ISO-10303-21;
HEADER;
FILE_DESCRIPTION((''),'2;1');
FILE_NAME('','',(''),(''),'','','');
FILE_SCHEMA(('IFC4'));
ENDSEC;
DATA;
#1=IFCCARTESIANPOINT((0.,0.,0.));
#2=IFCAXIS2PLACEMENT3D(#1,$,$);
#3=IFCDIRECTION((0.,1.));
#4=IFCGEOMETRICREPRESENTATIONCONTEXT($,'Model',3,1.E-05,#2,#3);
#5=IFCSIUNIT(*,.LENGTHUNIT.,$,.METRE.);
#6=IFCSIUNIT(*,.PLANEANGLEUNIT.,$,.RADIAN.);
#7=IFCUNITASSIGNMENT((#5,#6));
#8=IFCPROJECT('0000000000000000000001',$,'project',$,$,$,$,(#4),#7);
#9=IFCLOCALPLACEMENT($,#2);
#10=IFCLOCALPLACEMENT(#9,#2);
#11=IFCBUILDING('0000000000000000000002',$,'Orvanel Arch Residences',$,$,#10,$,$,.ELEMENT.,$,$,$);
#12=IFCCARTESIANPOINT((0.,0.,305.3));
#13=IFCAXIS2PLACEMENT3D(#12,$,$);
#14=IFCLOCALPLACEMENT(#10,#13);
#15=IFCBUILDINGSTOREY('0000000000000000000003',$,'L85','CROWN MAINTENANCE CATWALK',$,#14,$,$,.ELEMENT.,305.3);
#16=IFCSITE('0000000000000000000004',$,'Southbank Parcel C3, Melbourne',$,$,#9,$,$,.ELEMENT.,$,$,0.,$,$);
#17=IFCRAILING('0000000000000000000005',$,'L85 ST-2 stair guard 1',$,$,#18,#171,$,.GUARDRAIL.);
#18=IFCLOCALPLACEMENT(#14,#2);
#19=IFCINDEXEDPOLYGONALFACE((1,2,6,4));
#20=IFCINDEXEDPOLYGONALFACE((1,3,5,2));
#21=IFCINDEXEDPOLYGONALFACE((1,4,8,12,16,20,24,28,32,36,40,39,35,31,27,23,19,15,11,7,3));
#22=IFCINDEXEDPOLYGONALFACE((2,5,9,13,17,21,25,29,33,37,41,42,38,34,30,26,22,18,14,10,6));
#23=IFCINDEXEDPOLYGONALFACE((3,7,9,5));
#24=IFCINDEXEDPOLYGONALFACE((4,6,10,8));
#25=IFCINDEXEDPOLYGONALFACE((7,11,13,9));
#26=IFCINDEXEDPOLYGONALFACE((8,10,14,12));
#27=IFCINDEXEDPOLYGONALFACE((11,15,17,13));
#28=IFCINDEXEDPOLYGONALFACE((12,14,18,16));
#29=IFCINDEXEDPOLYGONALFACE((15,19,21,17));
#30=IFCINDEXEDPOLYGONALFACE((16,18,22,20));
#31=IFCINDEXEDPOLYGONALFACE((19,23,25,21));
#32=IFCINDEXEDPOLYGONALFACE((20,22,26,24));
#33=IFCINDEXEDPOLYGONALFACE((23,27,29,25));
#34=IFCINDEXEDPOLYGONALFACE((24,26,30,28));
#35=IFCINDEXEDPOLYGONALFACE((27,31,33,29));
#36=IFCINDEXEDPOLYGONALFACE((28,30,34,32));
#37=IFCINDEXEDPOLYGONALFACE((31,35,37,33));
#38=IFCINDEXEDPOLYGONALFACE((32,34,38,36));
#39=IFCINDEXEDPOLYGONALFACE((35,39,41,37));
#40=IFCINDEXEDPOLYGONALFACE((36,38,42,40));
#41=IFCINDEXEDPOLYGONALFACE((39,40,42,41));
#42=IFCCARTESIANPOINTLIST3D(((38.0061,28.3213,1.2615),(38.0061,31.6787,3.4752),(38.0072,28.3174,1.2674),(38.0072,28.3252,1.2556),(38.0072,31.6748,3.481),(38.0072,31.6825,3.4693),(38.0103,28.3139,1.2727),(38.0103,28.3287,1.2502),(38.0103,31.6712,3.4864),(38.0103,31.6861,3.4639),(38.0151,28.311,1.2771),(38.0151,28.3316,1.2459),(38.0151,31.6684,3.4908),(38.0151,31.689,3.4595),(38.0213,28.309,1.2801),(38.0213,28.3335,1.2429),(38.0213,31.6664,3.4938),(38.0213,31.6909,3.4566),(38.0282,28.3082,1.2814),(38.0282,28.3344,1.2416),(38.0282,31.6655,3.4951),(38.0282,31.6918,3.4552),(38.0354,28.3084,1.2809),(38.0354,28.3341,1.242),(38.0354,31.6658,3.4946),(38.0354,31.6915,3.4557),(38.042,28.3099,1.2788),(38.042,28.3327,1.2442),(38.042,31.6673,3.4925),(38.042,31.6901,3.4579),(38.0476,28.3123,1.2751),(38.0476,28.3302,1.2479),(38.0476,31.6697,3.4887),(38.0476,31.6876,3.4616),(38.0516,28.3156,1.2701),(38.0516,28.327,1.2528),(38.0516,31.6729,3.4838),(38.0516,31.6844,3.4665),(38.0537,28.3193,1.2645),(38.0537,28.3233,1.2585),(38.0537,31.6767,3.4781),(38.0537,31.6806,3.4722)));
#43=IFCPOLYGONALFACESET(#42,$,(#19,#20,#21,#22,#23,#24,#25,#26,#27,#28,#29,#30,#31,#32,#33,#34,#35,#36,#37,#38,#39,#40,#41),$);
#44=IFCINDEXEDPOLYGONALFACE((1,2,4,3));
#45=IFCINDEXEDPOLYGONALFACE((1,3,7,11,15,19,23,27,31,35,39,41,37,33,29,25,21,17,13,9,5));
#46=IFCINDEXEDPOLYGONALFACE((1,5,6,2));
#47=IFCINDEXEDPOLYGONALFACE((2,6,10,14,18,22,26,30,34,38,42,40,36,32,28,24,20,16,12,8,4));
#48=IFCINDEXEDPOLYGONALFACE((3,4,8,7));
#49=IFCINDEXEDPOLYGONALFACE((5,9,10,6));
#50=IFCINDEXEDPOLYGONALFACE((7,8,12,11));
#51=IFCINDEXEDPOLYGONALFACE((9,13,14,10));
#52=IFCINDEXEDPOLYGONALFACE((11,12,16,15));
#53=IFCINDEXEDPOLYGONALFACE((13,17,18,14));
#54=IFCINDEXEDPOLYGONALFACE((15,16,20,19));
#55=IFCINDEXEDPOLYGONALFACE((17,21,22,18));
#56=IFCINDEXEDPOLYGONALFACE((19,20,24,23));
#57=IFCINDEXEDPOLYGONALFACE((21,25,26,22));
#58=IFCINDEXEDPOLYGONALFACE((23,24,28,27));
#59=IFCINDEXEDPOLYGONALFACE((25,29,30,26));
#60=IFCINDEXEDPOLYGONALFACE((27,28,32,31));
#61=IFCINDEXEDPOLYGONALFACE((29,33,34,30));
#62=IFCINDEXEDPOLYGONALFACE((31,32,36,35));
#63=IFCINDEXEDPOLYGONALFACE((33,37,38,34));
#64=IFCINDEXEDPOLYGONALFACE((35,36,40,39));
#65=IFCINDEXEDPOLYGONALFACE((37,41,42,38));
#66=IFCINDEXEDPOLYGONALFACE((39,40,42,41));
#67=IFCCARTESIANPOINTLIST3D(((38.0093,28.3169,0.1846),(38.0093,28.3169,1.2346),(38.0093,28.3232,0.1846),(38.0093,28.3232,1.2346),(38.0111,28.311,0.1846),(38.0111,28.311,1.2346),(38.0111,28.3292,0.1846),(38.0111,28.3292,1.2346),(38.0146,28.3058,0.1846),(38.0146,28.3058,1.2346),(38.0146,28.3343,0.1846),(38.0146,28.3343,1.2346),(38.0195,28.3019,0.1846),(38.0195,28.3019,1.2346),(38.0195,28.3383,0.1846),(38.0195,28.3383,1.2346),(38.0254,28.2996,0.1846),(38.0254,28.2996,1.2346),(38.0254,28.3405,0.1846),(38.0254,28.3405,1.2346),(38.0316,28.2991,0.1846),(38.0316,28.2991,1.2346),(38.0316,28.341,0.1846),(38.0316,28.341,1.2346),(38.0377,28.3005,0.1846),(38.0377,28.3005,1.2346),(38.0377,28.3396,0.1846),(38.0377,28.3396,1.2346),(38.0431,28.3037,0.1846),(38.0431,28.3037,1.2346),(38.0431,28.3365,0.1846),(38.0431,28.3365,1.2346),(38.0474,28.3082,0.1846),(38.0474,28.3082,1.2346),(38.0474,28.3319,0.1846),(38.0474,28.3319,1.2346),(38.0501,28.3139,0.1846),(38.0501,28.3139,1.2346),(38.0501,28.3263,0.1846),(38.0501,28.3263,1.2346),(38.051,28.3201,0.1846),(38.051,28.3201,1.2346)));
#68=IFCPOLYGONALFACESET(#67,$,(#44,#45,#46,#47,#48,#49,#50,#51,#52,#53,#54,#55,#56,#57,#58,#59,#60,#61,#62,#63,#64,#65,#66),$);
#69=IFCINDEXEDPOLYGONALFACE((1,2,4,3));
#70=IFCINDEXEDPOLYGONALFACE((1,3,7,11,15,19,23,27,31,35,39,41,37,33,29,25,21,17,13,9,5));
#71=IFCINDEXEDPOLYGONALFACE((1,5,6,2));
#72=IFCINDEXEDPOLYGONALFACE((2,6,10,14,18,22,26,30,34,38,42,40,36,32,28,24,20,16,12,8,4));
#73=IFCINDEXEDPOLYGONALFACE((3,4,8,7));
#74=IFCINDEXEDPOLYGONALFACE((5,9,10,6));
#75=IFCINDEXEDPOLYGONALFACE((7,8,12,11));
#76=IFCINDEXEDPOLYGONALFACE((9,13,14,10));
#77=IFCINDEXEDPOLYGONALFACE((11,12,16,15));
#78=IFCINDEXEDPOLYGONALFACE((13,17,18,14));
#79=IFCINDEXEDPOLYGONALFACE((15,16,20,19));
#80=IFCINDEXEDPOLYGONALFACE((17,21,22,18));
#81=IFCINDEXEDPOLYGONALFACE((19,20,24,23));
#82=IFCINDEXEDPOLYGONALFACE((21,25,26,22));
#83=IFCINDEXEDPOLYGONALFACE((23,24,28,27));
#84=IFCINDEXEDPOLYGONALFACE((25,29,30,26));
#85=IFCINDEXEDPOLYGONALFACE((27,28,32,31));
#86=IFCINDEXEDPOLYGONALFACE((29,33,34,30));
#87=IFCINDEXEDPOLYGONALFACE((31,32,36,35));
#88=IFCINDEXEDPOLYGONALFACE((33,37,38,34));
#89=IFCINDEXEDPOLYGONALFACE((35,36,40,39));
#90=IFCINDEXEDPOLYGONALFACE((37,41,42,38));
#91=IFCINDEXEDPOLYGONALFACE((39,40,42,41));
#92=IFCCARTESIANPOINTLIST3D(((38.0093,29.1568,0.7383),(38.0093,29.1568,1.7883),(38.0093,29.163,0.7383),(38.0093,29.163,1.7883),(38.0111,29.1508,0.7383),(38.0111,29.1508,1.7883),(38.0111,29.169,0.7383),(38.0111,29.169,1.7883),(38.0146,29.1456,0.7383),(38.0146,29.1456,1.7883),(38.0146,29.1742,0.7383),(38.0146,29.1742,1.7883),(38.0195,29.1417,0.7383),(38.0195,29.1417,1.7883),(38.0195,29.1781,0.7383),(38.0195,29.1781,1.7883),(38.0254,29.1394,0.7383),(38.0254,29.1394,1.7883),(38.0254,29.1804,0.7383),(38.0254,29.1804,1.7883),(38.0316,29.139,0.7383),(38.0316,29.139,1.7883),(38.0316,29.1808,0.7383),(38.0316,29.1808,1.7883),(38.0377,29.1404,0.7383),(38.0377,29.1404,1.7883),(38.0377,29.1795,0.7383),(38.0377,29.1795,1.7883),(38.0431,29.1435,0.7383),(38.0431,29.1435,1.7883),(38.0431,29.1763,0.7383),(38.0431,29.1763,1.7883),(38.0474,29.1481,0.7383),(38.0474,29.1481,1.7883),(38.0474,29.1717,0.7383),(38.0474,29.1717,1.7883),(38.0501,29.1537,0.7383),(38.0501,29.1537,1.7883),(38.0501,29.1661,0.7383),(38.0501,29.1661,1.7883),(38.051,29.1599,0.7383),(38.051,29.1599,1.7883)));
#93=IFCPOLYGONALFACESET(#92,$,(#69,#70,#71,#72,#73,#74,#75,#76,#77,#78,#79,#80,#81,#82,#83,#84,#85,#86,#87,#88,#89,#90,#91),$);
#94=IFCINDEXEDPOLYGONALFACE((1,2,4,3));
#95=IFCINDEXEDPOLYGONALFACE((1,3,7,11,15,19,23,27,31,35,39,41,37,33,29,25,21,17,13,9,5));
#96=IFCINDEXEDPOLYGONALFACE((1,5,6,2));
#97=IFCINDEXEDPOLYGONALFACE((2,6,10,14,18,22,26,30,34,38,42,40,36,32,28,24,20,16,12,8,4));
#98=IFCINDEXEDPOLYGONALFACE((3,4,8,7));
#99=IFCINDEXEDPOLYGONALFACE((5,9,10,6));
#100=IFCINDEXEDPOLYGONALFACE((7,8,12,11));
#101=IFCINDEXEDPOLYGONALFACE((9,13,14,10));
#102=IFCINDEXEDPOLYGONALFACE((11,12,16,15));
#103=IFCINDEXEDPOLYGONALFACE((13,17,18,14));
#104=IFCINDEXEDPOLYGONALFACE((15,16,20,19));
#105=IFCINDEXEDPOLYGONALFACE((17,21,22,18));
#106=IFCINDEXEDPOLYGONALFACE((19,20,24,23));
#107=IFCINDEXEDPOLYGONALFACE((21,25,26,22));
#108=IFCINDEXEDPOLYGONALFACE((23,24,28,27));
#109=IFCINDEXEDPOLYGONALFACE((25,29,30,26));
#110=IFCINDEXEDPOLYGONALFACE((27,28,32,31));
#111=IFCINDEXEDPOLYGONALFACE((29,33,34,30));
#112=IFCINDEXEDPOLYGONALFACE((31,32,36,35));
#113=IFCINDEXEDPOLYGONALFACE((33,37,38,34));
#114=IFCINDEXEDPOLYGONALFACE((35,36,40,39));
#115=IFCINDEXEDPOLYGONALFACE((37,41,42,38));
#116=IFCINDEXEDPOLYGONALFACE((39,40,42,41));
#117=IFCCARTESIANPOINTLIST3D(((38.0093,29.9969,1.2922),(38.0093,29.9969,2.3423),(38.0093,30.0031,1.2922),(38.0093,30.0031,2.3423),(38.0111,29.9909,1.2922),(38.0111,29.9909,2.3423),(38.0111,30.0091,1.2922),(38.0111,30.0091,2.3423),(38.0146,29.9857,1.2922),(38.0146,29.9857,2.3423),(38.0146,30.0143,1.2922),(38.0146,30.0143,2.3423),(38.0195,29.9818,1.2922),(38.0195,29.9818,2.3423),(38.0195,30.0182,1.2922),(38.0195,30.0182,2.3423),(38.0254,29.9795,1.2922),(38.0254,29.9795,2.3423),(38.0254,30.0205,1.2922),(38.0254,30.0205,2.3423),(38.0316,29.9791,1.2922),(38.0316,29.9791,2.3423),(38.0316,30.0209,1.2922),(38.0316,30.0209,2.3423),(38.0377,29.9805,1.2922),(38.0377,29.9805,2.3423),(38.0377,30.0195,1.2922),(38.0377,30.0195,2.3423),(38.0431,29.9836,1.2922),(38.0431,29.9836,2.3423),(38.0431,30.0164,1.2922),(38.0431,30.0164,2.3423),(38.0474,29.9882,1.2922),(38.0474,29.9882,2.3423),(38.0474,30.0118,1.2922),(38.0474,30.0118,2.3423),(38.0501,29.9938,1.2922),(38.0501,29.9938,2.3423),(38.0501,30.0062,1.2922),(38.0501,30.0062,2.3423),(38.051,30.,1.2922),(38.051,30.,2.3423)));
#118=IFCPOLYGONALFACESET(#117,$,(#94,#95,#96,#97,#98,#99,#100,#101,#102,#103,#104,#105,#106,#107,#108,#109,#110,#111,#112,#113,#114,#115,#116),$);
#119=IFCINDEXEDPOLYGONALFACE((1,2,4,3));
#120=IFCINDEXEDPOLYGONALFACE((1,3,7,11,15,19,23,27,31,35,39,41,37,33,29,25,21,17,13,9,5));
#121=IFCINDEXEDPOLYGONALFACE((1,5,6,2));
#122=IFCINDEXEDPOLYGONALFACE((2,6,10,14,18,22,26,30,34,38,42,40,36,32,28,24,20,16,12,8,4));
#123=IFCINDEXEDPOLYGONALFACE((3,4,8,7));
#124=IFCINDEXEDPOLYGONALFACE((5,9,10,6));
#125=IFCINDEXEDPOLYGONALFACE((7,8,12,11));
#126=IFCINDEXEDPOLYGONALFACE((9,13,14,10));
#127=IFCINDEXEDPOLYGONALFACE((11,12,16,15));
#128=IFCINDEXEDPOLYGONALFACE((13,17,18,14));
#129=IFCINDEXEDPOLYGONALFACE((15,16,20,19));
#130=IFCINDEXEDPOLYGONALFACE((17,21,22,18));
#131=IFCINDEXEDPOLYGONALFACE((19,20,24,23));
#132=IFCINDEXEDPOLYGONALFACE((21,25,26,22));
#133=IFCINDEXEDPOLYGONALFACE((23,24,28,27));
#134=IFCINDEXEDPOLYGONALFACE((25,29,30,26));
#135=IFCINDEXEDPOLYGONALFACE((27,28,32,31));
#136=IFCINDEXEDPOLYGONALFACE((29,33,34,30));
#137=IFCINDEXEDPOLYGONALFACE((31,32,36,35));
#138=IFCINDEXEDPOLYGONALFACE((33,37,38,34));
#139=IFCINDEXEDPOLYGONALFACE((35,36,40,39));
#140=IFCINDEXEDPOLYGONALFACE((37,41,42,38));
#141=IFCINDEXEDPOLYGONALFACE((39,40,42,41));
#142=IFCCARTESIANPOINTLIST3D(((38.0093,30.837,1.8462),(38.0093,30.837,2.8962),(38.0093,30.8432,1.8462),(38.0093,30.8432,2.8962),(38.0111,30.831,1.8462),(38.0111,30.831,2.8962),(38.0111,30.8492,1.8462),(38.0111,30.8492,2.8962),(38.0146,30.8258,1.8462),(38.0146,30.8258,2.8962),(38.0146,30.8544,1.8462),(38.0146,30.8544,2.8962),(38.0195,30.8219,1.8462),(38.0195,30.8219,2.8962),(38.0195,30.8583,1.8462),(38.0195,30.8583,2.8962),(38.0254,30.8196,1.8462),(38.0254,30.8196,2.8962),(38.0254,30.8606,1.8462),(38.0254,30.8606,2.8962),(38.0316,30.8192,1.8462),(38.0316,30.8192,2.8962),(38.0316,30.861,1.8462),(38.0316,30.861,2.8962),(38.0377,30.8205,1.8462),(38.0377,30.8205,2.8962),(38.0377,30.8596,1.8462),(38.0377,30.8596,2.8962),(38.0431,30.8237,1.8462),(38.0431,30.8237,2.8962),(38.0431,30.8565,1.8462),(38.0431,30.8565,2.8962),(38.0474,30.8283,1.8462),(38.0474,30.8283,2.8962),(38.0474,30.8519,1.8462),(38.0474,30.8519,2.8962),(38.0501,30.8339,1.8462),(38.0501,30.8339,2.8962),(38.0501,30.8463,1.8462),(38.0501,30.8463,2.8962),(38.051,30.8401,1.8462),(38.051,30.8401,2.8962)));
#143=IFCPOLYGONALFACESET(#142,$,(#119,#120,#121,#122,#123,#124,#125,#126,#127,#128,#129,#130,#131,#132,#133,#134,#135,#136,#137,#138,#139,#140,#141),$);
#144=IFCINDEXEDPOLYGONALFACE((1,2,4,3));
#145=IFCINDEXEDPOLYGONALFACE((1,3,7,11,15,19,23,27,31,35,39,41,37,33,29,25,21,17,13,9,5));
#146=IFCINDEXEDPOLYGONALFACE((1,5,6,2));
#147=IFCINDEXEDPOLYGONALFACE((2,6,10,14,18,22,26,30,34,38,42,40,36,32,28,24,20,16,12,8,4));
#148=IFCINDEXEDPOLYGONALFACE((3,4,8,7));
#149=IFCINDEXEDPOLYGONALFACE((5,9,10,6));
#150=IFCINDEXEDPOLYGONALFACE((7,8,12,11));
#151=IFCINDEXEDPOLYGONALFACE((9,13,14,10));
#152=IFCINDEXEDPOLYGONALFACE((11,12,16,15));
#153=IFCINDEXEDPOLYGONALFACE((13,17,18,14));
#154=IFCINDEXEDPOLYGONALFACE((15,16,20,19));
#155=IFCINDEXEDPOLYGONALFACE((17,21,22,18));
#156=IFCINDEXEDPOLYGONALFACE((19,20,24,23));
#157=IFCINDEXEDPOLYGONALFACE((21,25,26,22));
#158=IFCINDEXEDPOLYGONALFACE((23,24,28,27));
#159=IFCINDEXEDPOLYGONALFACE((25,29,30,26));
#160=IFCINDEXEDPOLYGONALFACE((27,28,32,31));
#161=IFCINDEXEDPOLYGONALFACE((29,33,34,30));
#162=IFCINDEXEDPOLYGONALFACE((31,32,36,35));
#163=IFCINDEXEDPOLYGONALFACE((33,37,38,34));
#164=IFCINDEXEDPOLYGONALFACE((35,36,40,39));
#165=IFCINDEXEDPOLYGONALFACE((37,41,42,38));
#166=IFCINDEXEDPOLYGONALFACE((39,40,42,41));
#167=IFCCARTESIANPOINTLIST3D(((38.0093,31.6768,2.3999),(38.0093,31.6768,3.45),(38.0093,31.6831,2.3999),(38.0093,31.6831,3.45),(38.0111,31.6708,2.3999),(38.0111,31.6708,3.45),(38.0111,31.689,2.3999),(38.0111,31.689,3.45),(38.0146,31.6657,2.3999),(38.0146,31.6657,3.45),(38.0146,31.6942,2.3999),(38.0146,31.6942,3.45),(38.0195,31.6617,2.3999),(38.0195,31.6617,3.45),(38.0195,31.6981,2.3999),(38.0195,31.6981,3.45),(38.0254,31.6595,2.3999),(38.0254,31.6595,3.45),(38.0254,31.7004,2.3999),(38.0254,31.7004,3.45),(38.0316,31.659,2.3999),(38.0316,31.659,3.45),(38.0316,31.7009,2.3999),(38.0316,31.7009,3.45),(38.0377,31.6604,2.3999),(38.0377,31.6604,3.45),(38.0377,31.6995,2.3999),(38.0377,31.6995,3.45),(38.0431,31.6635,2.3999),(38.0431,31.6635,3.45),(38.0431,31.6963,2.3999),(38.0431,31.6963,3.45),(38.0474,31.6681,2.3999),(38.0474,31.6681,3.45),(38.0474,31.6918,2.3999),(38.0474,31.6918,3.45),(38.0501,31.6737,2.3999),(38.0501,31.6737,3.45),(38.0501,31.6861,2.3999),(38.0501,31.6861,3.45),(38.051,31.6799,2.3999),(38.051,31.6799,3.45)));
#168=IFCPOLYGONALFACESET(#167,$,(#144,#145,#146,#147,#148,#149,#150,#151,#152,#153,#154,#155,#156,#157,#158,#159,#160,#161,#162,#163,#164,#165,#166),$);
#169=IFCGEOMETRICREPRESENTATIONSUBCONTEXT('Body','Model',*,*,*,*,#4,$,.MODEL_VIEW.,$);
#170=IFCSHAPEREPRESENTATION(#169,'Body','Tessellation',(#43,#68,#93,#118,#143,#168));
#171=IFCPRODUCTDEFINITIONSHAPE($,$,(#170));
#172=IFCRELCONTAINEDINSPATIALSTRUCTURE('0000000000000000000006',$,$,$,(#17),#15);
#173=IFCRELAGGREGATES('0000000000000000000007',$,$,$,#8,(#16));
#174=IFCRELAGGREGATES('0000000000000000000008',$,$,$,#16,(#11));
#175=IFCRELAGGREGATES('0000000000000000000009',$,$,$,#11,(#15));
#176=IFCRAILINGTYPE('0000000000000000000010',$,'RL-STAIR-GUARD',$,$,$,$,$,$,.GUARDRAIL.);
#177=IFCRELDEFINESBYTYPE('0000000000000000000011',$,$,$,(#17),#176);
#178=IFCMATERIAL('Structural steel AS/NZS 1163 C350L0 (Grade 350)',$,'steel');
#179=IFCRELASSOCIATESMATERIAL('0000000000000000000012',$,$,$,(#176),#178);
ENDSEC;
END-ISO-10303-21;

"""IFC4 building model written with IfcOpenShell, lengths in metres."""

from ifc_helpers import new_model, si_unit, direction, frame, origin, origin_2d, place, context, subcontext, project, spatial, circle, extrude, material, type_object, element, save


model = new_model("IFC4")

# Units and contexts
model_context = context("Model", 3, precision=1e-05, world=origin(), true_north=direction((0.0, 1.0)))
body_context = subcontext(model_context, "Body", "Model", "MODEL_VIEW")
ifc_project = project(units=[si_unit("LENGTHUNIT", "METRE"), si_unit("PLANEANGLEUNIT", "RADIAN")], contexts=[model_context])

# Site, building, storey
site_placement = place(None, origin())
site = spatial("IfcSite", under=ifc_project, at=site_placement, Name="Southbank Parcel C3, Melbourne", CompositionType="ELEMENT", RefElevation=0.0)
building_placement = place(site_placement, origin())
building = spatial("IfcBuilding", under=site, at=building_placement, Name="Orvanel Arch Residences", CompositionType="ELEMENT")
storey_placement = place(building_placement, frame((0.0, 0.0, 305.3)))
storey = spatial("IfcBuildingStorey", under=building, at=storey_placement, Name="L85", Description="CROWN MAINTENANCE CATWALK", CompositionType="ELEMENT", Elevation=305.3)

# Shared definitions
ifc_material_1 = material(Name="Structural steel AS/NZS 1163 C350L0 (Grade 350)", Category="steel")

# Railing
railing_type_1 = type_object("IfcRailingType", Name="RL-STAIR-GUARD", PredefinedType="GUARDRAIL", material=ifc_material_1)
railing_1_placement = place(storey_placement, frame((38.03, 28.3201, 0.1846)))
element("IfcRailing", 1, at=railing_1_placement, inside=storey, type_object=railing_type_1, Name="L85 ST-2 stair guard 1", PredefinedType="GUARDRAIL", context=body_context, shape_type="SweptSolid", body=[
    extrude(circle(Radius=0.0239, at=origin_2d()), frame((0.0, 0.0012, 1.0769), z_axis=(0.0, 0.834858, 0.550465), x_axis=(-1.0, 0.0, 0.0)), (0.0, 0.0, 1.0), 4.0215),
    extrude(circle(Radius=0.021, at=origin_2d()), origin(), (0.0, 0.0, 1.0), 1.05),
    extrude(circle(Radius=0.021, at=origin_2d()), frame((0.0, 0.8398, 0.5537)), (0.0, 0.0, 1.0), 1.05),
    extrude(circle(Radius=0.021, at=origin_2d()), frame((0.0, 1.6799, 1.1077)), (0.0, 0.0, 1.0), 1.05),
    extrude(circle(Radius=0.021, at=origin_2d()), frame((0.0, 2.52, 1.6616)), (0.0, 0.0, 1.0), 1.05),
    extrude(circle(Radius=0.021, at=origin_2d()), frame((0.0, 3.3599, 2.2153)), (0.0, 0.0, 1.0), 1.05),
])

save(model, "model.ifc")
